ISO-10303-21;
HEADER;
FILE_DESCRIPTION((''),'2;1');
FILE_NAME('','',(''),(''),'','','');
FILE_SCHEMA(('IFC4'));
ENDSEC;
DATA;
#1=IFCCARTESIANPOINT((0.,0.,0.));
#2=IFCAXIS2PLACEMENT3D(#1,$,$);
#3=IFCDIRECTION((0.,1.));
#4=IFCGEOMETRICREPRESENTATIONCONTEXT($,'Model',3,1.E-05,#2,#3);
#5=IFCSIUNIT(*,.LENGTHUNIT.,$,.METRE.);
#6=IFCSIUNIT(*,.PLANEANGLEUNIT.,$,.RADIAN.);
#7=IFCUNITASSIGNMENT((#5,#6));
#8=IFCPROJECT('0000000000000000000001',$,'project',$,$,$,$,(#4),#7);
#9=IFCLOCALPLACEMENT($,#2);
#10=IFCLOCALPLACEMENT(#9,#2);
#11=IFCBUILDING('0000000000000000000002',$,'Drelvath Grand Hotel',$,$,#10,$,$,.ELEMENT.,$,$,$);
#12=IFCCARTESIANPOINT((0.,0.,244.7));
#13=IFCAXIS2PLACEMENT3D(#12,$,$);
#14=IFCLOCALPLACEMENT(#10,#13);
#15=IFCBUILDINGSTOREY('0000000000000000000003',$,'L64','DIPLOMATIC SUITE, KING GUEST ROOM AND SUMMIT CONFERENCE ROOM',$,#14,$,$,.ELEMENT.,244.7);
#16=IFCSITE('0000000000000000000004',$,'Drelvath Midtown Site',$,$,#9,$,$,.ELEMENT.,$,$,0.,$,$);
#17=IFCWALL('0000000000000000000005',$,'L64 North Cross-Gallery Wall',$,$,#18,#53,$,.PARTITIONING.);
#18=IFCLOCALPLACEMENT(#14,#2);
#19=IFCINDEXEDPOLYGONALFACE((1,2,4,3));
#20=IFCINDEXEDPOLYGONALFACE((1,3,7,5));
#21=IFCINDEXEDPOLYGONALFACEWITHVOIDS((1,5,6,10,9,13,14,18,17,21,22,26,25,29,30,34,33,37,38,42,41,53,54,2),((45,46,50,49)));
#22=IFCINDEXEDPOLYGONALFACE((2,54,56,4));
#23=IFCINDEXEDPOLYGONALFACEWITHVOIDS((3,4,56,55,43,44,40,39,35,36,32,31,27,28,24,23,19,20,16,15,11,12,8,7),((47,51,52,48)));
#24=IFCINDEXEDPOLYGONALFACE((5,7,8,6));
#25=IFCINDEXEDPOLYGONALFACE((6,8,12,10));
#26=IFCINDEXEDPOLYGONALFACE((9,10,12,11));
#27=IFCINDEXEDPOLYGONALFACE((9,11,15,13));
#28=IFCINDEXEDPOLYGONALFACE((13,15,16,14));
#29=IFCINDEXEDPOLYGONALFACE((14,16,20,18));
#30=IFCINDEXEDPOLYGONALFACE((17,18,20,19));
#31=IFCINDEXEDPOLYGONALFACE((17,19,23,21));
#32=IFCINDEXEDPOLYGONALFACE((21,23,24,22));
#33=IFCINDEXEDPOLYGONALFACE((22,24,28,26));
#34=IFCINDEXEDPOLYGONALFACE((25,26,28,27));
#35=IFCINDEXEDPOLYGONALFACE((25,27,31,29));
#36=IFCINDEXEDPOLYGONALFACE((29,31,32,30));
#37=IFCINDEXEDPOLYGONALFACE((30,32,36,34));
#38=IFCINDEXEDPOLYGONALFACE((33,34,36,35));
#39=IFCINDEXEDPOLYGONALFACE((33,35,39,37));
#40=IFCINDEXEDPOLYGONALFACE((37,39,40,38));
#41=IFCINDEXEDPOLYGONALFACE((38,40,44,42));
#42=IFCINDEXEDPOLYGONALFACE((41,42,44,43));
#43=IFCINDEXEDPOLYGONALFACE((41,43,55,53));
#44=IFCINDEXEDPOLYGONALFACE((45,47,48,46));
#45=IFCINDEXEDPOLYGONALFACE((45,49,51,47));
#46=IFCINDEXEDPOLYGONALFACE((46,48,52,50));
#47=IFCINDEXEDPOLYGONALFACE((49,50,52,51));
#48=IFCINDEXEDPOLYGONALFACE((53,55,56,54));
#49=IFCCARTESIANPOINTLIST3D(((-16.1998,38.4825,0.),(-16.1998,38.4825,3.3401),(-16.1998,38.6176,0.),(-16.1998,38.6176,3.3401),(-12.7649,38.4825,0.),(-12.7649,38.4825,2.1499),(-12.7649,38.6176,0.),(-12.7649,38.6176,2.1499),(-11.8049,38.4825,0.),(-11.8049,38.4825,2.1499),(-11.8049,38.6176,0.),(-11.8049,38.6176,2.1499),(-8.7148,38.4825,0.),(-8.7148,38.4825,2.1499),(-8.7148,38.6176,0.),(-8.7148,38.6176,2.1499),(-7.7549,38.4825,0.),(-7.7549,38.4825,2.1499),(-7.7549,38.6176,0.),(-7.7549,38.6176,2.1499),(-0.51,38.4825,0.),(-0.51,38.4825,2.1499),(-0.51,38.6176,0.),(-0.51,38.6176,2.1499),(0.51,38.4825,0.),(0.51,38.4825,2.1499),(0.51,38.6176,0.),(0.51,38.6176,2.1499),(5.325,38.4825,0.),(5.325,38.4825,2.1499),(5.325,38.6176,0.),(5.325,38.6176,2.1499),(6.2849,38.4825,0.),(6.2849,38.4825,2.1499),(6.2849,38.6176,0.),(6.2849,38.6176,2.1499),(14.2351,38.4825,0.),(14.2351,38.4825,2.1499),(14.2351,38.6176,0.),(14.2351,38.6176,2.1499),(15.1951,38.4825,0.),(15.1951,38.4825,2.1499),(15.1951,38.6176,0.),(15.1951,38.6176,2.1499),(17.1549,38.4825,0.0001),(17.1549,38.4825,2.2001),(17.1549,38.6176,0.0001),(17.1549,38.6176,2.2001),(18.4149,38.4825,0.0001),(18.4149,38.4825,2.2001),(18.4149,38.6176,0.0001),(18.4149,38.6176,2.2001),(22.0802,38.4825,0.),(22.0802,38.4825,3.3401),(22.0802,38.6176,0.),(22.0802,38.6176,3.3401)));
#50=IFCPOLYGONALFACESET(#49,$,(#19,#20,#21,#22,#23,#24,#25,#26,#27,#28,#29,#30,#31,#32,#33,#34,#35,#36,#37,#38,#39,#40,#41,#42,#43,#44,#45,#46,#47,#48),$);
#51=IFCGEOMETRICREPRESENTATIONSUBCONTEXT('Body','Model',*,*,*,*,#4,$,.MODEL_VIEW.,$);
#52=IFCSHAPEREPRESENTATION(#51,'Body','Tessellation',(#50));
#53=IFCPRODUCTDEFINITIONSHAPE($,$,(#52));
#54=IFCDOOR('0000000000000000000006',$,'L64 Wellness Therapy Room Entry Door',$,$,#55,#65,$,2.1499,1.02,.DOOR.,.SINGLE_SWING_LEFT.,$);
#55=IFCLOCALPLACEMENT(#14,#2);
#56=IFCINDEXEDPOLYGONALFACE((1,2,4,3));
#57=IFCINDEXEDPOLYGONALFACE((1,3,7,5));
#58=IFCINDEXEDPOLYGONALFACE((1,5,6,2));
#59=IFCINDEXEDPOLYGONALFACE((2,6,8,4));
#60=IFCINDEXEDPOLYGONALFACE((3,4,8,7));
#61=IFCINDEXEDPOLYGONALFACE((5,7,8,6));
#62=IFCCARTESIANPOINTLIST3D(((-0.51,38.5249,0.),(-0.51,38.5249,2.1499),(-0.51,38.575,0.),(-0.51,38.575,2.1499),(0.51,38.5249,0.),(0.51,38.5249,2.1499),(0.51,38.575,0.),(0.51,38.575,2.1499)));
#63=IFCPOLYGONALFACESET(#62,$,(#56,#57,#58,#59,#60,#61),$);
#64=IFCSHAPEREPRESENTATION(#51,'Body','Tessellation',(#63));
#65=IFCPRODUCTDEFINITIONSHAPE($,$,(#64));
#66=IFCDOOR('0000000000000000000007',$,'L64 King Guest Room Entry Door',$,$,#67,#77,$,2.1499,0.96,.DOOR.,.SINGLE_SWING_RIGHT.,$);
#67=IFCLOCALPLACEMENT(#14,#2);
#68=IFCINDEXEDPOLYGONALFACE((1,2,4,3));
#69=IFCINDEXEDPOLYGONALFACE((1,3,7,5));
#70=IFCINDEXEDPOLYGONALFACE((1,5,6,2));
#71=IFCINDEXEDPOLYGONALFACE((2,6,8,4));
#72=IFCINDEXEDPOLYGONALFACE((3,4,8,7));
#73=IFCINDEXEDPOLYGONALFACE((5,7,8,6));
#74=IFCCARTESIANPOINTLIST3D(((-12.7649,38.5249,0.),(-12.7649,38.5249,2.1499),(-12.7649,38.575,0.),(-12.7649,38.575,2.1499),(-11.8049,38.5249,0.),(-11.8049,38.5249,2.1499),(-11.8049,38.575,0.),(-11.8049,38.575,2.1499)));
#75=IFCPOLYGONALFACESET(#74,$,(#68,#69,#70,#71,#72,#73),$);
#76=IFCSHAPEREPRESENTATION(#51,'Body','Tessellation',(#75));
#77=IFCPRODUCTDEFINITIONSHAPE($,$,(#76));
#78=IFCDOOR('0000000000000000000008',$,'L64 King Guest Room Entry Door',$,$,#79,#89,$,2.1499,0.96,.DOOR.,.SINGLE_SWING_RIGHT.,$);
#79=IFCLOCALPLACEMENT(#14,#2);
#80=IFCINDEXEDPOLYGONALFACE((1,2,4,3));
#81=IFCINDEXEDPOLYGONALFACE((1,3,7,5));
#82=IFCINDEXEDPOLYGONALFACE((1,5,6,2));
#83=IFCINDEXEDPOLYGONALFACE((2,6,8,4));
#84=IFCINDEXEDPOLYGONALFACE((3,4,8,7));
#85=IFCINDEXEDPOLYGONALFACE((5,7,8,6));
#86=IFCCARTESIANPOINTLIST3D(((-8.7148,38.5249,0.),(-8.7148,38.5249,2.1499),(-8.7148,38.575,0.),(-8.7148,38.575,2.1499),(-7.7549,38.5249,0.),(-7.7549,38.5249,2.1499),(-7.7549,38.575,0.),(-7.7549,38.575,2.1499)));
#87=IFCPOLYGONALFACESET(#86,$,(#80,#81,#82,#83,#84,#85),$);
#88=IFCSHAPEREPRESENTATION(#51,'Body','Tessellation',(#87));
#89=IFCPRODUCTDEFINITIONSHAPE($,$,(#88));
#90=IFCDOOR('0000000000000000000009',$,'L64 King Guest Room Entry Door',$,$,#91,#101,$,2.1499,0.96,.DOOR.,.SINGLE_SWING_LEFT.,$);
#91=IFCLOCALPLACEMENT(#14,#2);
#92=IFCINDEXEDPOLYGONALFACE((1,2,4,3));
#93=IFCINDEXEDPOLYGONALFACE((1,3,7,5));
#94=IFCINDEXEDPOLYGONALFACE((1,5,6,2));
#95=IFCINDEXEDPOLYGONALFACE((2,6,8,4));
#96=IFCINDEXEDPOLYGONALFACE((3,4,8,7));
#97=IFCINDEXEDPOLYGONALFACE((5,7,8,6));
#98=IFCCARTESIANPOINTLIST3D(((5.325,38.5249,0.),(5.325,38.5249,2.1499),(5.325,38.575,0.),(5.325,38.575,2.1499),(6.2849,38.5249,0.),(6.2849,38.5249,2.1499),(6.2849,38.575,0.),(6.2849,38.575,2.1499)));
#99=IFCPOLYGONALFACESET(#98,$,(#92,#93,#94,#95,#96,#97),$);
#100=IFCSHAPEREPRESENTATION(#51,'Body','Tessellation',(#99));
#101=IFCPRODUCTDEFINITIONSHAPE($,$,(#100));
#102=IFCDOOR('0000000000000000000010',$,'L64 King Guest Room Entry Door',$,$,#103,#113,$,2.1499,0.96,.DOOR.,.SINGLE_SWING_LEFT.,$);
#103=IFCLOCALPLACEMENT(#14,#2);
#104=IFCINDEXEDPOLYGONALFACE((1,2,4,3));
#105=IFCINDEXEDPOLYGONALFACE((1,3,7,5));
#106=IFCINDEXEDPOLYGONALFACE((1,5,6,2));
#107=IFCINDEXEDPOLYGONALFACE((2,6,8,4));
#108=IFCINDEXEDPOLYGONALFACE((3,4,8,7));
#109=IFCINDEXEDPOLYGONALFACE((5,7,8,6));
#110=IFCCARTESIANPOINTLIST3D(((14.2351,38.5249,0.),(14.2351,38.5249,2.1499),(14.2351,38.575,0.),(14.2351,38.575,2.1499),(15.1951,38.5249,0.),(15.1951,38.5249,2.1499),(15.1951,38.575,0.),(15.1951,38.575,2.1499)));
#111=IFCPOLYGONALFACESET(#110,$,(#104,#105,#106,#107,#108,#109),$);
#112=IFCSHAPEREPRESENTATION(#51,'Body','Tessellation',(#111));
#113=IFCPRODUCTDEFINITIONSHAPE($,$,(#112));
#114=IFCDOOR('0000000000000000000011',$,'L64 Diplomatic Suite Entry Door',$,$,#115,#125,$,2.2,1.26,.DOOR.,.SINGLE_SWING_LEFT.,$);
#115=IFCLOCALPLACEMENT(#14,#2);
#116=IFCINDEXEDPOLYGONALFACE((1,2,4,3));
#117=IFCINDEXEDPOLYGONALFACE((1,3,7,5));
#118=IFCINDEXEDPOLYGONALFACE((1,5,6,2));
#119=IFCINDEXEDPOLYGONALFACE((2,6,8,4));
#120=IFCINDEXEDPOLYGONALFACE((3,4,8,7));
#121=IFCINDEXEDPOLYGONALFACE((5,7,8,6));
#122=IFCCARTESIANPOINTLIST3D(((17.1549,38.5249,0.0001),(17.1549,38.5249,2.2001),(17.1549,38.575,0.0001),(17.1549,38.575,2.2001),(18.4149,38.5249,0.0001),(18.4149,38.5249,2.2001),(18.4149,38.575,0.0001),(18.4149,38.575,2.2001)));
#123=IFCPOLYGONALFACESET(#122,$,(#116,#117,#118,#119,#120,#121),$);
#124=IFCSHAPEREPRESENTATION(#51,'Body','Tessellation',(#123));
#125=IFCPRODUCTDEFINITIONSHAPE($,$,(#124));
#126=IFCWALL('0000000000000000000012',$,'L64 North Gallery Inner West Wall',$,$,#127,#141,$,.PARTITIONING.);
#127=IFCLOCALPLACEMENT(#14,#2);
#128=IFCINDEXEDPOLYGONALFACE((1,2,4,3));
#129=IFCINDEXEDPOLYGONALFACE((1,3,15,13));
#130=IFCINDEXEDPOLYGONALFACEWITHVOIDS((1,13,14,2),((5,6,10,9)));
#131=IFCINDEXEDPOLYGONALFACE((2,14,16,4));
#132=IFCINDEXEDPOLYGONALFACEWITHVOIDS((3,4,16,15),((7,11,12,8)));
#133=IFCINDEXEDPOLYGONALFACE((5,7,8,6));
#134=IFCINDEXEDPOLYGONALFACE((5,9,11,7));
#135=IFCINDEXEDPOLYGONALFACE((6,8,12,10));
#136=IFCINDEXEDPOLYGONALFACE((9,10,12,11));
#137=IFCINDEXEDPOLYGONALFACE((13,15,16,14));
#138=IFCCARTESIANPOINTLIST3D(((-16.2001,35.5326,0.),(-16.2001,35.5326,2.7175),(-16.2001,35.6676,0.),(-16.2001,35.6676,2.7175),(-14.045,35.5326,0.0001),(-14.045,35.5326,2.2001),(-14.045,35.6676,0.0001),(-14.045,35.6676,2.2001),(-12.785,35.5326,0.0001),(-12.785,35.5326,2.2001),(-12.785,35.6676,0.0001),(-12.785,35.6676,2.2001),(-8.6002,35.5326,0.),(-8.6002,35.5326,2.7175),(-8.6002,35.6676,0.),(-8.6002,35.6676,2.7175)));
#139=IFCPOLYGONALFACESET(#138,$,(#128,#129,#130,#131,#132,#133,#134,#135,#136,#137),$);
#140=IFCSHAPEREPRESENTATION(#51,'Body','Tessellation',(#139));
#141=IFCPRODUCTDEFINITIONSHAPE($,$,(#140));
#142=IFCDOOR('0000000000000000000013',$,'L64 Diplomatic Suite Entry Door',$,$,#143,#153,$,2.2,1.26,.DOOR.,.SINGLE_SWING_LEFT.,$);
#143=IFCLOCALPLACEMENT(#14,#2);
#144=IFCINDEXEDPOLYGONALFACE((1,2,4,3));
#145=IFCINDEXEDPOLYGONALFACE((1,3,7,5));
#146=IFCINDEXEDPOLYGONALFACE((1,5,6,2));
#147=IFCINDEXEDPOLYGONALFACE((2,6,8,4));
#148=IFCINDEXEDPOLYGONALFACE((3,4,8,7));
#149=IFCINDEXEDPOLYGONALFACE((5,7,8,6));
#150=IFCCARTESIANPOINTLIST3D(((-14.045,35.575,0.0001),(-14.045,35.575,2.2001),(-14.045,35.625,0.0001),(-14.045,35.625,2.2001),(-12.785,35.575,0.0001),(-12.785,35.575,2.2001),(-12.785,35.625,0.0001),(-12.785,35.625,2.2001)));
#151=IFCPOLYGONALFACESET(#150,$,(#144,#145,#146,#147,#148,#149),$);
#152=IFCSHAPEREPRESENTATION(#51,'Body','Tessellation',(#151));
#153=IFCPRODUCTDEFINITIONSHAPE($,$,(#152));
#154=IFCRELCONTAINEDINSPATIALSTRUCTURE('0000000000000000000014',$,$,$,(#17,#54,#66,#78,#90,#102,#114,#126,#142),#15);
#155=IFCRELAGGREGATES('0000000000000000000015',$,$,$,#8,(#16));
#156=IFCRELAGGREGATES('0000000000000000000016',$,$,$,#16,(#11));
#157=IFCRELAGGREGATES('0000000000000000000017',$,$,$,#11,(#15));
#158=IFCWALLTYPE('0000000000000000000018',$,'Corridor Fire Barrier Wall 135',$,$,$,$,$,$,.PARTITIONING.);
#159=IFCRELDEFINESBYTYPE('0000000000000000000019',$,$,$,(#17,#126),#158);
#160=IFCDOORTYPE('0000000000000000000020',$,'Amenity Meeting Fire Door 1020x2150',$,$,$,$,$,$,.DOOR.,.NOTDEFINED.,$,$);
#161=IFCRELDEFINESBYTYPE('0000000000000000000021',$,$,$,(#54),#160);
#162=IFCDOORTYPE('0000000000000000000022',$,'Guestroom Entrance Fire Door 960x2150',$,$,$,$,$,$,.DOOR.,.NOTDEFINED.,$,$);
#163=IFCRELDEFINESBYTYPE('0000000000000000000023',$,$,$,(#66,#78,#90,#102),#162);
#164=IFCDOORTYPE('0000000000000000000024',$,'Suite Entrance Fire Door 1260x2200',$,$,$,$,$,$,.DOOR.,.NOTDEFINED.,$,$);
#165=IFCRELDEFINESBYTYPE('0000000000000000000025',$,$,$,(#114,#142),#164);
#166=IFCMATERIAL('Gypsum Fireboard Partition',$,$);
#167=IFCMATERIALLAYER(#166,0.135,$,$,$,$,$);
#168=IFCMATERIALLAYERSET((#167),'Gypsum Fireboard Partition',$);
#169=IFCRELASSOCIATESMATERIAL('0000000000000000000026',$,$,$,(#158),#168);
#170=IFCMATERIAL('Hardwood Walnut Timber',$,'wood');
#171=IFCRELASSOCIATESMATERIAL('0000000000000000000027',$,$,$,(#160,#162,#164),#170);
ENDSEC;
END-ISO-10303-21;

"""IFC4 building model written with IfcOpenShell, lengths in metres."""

from ifc_helpers import new_model, si_unit, direction, frame, frame_2d, origin, place, context, subcontext, project, spatial, rectangle, extrude, material, layer, layer_set, type_object, element, fill, save


model = new_model("IFC4")

# Units and contexts
model_context = context("Model", 3, precision=1e-05, world=origin(), true_north=direction((0.0, 1.0)))
body_context = subcontext(model_context, "Body", "Model", "MODEL_VIEW")
ifc_project = project(units=[si_unit("LENGTHUNIT", "METRE"), si_unit("PLANEANGLEUNIT", "RADIAN")], contexts=[model_context])

# Site, building, storey
site_placement = place(None, origin())
site = spatial("IfcSite", under=ifc_project, at=site_placement, Name="Drelvath Midtown Site", CompositionType="ELEMENT", RefElevation=0.0)
building_placement = place(site_placement, origin())
building = spatial("IfcBuilding", under=site, at=building_placement, Name="Drelvath Grand Hotel", CompositionType="ELEMENT")
storey_placement = place(building_placement, frame((0.0, 0.0, 244.7)))
storey = spatial("IfcBuildingStorey", under=building, at=storey_placement, Name="L64", Description="DIPLOMATIC SUITE, KING GUEST ROOM AND SUMMIT CONFERENCE ROOM", CompositionType="ELEMENT", Elevation=244.7)

# Wall, openings, doors
ifc_material_1 = material(Name="Gypsum Fireboard Partition")
ifc_layer_1 = layer(ifc_material_1, 0.135)
ifc_layer_set_1 = layer_set([ifc_layer_1], Name="Gypsum Fireboard Partition")
wall_type_1 = type_object("IfcWallType", Name="Corridor Fire Barrier Wall 135", PredefinedType="PARTITIONING", material=ifc_layer_set_1)
wall_1_placement = place(storey_placement, frame((-16.2, 38.55, 0.0), z_axis=(0.0, 0.0, 1.0), x_axis=(1.0, 0.0, 0.0)))
wall_1 = element("IfcWall", 1, at=wall_1_placement, inside=storey, type_object=wall_type_1, Name="L64 North Cross-Gallery Wall", PredefinedType="PARTITIONING", context=body_context, shape_type="SweptSolid", body=[
    extrude(rectangle(XDim=38.28, YDim=0.135, at=frame_2d((19.1401, 0.0))), origin(), (0.0, 0.0, 1.0), 3.3401),
])
opening_1_placement = place(wall_1_placement, frame((33.355, 0.0, 0.0)))
opening_1 = element("IfcOpeningElement", 2, at=opening_1_placement, cuts=wall_1, PredefinedType="OPENING", context=body_context, shape_type="SweptSolid", body=[
    extrude(rectangle(XDim=1.26, YDim=2.2, at=frame_2d((0.6299, 1.1001))), frame((0.0, 0.0774, 0.0), z_axis=(0.0, -1.0, 0.0), x_axis=(1.0, 0.0, 0.0)), (0.0, 0.0, 1.0), 0.155),
])
opening_2_placement = place(wall_1_placement, frame((3.4351, 0.0, 0.0)))
opening_2 = element("IfcOpeningElement", 3, at=opening_2_placement, cuts=wall_1, PredefinedType="OPENING", context=body_context, shape_type="SweptSolid", body=[
    extrude(rectangle(XDim=0.96, YDim=2.1499, at=frame_2d((0.48, 1.075))), frame((0.0, 0.0774, 0.0), z_axis=(0.0, -1.0, 0.0), x_axis=(1.0, 0.0, 0.0)), (0.0, 0.0, 1.0), 0.155),
])
opening_3_placement = place(wall_1_placement, frame((7.4851, 0.0, 0.0)))
opening_3 = element("IfcOpeningElement", 4, at=opening_3_placement, cuts=wall_1, PredefinedType="OPENING", context=body_context, shape_type="SweptSolid", body=[
    extrude(rectangle(XDim=0.96, YDim=2.1499, at=frame_2d((0.48, 1.075))), frame((0.0, 0.0774, 0.0), z_axis=(0.0, -1.0, 0.0), x_axis=(1.0, 0.0, 0.0)), (0.0, 0.0, 1.0), 0.155),
])
opening_4_placement = place(wall_1_placement, frame((15.6899, 0.0, 0.0)))
opening_4 = element("IfcOpeningElement", 5, at=opening_4_placement, cuts=wall_1, PredefinedType="OPENING", context=body_context, shape_type="SweptSolid", body=[
    extrude(rectangle(XDim=1.02, YDim=2.1499, at=frame_2d((0.51, 1.075))), frame((0.0, 0.0774, 0.0), z_axis=(0.0, -1.0, 0.0), x_axis=(1.0, 0.0, 0.0)), (0.0, 0.0, 1.0), 0.155),
])
opening_5_placement = place(wall_1_placement, frame((21.5249, 0.0, 0.0)))
opening_5 = element("IfcOpeningElement", 6, at=opening_5_placement, cuts=wall_1, PredefinedType="OPENING", context=body_context, shape_type="SweptSolid", body=[
    extrude(rectangle(XDim=0.96, YDim=2.1499, at=frame_2d((0.48, 1.075))), frame((0.0, 0.0774, 0.0), z_axis=(0.0, -1.0, 0.0), x_axis=(1.0, 0.0, 0.0)), (0.0, 0.0, 1.0), 0.155),
])
opening_6_placement = place(wall_1_placement, frame((30.4351, 0.0, 0.0)))
opening_6 = element("IfcOpeningElement", 7, at=opening_6_placement, cuts=wall_1, PredefinedType="OPENING", context=body_context, shape_type="SweptSolid", body=[
    extrude(rectangle(XDim=0.96, YDim=2.1499, at=frame_2d((0.48, 1.075))), frame((0.0, 0.0774, 0.0), z_axis=(0.0, -1.0, 0.0), x_axis=(1.0, 0.0, 0.0)), (0.0, 0.0, 1.0), 0.155),
])
ifc_material_2 = material(Name="Hardwood Walnut Timber", Category="wood")
door_type_1 = type_object("IfcDoorType", Name="Amenity Meeting Fire Door 1020x2150", OperationType="NOTDEFINED", PredefinedType="DOOR", material=ifc_material_2)
door_1_placement = place(opening_4_placement, origin())
door_1 = element("IfcDoor", 8, at=door_1_placement, inside=storey, type_object=door_type_1, Name="L64 Wellness Therapy Room Entry Door", OperationType="SINGLE_SWING_LEFT", OverallHeight=2.1499, OverallWidth=1.02, PredefinedType="DOOR", context=body_context, shape_type="SweptSolid", body=[
    extrude(rectangle(XDim=1.02, YDim=2.1499, at=frame_2d((0.51, 1.075))), frame((0.0, 0.0249, 0.0), z_axis=(0.0, -1.0, 0.0), x_axis=(1.0, 0.0, 0.0)), (0.0, 0.0, 1.0), 0.05),
])
fill(opening_4, door_1)
door_type_2 = type_object("IfcDoorType", Name="Guestroom Entrance Fire Door 960x2150", OperationType="NOTDEFINED", PredefinedType="DOOR", material=ifc_material_2)
door_2_placement = place(opening_2_placement, origin())
door_2 = element("IfcDoor", 9, at=door_2_placement, inside=storey, type_object=door_type_2, Name="L64 King Guest Room Entry Door", OperationType="SINGLE_SWING_RIGHT", OverallHeight=2.1499, OverallWidth=0.96, PredefinedType="DOOR", context=body_context, shape_type="SweptSolid", body=[
    extrude(rectangle(XDim=0.96, YDim=2.1499, at=frame_2d((0.48, 1.075))), frame((0.0, 0.0249, 0.0), z_axis=(0.0, -1.0, 0.0), x_axis=(1.0, 0.0, 0.0)), (0.0, 0.0, 1.0), 0.05),
])
fill(opening_2, door_2)
door_3_placement = place(opening_3_placement, origin())
door_3 = element("IfcDoor", 10, at=door_3_placement, inside=storey, type_object=door_type_2, Name="L64 King Guest Room Entry Door", OperationType="SINGLE_SWING_RIGHT", OverallHeight=2.1499, OverallWidth=0.96, PredefinedType="DOOR", context=body_context, shape_type="SweptSolid", body=[
    extrude(rectangle(XDim=0.96, YDim=2.1499, at=frame_2d((0.48, 1.075))), frame((0.0, 0.0249, 0.0), z_axis=(0.0, -1.0, 0.0), x_axis=(1.0, 0.0, 0.0)), (0.0, 0.0, 1.0), 0.05),
])
fill(opening_3, door_3)
door_4_placement = place(opening_5_placement, origin())
door_4 = element("IfcDoor", 11, at=door_4_placement, inside=storey, type_object=door_type_2, Name="L64 King Guest Room Entry Door", OperationType="SINGLE_SWING_LEFT", OverallHeight=2.1499, OverallWidth=0.96, PredefinedType="DOOR", context=body_context, shape_type="SweptSolid", body=[
    extrude(rectangle(XDim=0.96, YDim=2.1499, at=frame_2d((0.48, 1.075))), frame((0.0, 0.0249, 0.0), z_axis=(0.0, -1.0, 0.0), x_axis=(1.0, 0.0, 0.0)), (0.0, 0.0, 1.0), 0.05),
])
fill(opening_5, door_4)
door_5_placement = place(opening_6_placement, origin())
door_5 = element("IfcDoor", 12, at=door_5_placement, inside=storey, type_object=door_type_2, Name="L64 King Guest Room Entry Door", OperationType="SINGLE_SWING_LEFT", OverallHeight=2.1499, OverallWidth=0.96, PredefinedType="DOOR", context=body_context, shape_type="SweptSolid", body=[
    extrude(rectangle(XDim=0.96, YDim=2.1499, at=frame_2d((0.48, 1.075))), frame((0.0, 0.0249, 0.0), z_axis=(0.0, -1.0, 0.0), x_axis=(1.0, 0.0, 0.0)), (0.0, 0.0, 1.0), 0.05),
])
fill(opening_6, door_5)
door_type_3 = type_object("IfcDoorType", Name="Suite Entrance Fire Door 1260x2200", OperationType="NOTDEFINED", PredefinedType="DOOR", material=ifc_material_2)
door_6_placement = place(opening_1_placement, origin())
door_6 = element("IfcDoor", 13, at=door_6_placement, inside=storey, type_object=door_type_3, Name="L64 Diplomatic Suite Entry Door", OperationType="SINGLE_SWING_LEFT", OverallHeight=2.2, OverallWidth=1.26, PredefinedType="DOOR", context=body_context, shape_type="SweptSolid", body=[
    extrude(rectangle(XDim=1.26, YDim=2.2, at=frame_2d((0.6299, 1.1001))), frame((0.0, 0.0249, 0.0), z_axis=(0.0, -1.0, 0.0), x_axis=(1.0, 0.0, 0.0)), (0.0, 0.0, 1.0), 0.05),
])
fill(opening_1, door_6)

# Wall, opening, door
wall_2_placement = place(storey_placement, frame((-16.2, 35.6001, 0.0), z_axis=(0.0, 0.0, 1.0), x_axis=(1.0, 0.0, 0.0)))
wall_2 = element("IfcWall", 14, at=wall_2_placement, inside=storey, type_object=wall_type_1, Name="L64 North Gallery Inner West Wall", PredefinedType="PARTITIONING", context=body_context, shape_type="SweptSolid", body=[
    extrude(rectangle(XDim=7.5999, YDim=0.135, at=frame_2d((3.7998, 0.0))), origin(), (0.0, 0.0, 1.0), 2.7175),
])
opening_7_placement = place(wall_2_placement, frame((2.155, 0.0, 0.0)))
opening_7 = element("IfcOpeningElement", 15, at=opening_7_placement, cuts=wall_2, PredefinedType="OPENING", context=body_context, shape_type="SweptSolid", body=[
    extrude(rectangle(XDim=1.26, YDim=2.2, at=frame_2d((0.6299, 1.1001))), frame((0.0, 0.0774, 0.0), z_axis=(0.0, -1.0, 0.0), x_axis=(1.0, 0.0, 0.0)), (0.0, 0.0, 1.0), 0.155),
])
door_7_placement = place(opening_7_placement, origin())
door_7 = element("IfcDoor", 16, at=door_7_placement, inside=storey, type_object=door_type_3, Name="L64 Diplomatic Suite Entry Door", OperationType="SINGLE_SWING_LEFT", OverallHeight=2.2, OverallWidth=1.26, PredefinedType="DOOR", context=body_context, shape_type="SweptSolid", body=[
    extrude(rectangle(XDim=1.26, YDim=2.2, at=frame_2d((0.6299, 1.1001))), frame((0.0, 0.0249, 0.0), z_axis=(0.0, -1.0, 0.0), x_axis=(1.0, 0.0, 0.0)), (0.0, 0.0, 1.0), 0.05),
])
fill(opening_7, door_7)

save(model, "model.ifc")
